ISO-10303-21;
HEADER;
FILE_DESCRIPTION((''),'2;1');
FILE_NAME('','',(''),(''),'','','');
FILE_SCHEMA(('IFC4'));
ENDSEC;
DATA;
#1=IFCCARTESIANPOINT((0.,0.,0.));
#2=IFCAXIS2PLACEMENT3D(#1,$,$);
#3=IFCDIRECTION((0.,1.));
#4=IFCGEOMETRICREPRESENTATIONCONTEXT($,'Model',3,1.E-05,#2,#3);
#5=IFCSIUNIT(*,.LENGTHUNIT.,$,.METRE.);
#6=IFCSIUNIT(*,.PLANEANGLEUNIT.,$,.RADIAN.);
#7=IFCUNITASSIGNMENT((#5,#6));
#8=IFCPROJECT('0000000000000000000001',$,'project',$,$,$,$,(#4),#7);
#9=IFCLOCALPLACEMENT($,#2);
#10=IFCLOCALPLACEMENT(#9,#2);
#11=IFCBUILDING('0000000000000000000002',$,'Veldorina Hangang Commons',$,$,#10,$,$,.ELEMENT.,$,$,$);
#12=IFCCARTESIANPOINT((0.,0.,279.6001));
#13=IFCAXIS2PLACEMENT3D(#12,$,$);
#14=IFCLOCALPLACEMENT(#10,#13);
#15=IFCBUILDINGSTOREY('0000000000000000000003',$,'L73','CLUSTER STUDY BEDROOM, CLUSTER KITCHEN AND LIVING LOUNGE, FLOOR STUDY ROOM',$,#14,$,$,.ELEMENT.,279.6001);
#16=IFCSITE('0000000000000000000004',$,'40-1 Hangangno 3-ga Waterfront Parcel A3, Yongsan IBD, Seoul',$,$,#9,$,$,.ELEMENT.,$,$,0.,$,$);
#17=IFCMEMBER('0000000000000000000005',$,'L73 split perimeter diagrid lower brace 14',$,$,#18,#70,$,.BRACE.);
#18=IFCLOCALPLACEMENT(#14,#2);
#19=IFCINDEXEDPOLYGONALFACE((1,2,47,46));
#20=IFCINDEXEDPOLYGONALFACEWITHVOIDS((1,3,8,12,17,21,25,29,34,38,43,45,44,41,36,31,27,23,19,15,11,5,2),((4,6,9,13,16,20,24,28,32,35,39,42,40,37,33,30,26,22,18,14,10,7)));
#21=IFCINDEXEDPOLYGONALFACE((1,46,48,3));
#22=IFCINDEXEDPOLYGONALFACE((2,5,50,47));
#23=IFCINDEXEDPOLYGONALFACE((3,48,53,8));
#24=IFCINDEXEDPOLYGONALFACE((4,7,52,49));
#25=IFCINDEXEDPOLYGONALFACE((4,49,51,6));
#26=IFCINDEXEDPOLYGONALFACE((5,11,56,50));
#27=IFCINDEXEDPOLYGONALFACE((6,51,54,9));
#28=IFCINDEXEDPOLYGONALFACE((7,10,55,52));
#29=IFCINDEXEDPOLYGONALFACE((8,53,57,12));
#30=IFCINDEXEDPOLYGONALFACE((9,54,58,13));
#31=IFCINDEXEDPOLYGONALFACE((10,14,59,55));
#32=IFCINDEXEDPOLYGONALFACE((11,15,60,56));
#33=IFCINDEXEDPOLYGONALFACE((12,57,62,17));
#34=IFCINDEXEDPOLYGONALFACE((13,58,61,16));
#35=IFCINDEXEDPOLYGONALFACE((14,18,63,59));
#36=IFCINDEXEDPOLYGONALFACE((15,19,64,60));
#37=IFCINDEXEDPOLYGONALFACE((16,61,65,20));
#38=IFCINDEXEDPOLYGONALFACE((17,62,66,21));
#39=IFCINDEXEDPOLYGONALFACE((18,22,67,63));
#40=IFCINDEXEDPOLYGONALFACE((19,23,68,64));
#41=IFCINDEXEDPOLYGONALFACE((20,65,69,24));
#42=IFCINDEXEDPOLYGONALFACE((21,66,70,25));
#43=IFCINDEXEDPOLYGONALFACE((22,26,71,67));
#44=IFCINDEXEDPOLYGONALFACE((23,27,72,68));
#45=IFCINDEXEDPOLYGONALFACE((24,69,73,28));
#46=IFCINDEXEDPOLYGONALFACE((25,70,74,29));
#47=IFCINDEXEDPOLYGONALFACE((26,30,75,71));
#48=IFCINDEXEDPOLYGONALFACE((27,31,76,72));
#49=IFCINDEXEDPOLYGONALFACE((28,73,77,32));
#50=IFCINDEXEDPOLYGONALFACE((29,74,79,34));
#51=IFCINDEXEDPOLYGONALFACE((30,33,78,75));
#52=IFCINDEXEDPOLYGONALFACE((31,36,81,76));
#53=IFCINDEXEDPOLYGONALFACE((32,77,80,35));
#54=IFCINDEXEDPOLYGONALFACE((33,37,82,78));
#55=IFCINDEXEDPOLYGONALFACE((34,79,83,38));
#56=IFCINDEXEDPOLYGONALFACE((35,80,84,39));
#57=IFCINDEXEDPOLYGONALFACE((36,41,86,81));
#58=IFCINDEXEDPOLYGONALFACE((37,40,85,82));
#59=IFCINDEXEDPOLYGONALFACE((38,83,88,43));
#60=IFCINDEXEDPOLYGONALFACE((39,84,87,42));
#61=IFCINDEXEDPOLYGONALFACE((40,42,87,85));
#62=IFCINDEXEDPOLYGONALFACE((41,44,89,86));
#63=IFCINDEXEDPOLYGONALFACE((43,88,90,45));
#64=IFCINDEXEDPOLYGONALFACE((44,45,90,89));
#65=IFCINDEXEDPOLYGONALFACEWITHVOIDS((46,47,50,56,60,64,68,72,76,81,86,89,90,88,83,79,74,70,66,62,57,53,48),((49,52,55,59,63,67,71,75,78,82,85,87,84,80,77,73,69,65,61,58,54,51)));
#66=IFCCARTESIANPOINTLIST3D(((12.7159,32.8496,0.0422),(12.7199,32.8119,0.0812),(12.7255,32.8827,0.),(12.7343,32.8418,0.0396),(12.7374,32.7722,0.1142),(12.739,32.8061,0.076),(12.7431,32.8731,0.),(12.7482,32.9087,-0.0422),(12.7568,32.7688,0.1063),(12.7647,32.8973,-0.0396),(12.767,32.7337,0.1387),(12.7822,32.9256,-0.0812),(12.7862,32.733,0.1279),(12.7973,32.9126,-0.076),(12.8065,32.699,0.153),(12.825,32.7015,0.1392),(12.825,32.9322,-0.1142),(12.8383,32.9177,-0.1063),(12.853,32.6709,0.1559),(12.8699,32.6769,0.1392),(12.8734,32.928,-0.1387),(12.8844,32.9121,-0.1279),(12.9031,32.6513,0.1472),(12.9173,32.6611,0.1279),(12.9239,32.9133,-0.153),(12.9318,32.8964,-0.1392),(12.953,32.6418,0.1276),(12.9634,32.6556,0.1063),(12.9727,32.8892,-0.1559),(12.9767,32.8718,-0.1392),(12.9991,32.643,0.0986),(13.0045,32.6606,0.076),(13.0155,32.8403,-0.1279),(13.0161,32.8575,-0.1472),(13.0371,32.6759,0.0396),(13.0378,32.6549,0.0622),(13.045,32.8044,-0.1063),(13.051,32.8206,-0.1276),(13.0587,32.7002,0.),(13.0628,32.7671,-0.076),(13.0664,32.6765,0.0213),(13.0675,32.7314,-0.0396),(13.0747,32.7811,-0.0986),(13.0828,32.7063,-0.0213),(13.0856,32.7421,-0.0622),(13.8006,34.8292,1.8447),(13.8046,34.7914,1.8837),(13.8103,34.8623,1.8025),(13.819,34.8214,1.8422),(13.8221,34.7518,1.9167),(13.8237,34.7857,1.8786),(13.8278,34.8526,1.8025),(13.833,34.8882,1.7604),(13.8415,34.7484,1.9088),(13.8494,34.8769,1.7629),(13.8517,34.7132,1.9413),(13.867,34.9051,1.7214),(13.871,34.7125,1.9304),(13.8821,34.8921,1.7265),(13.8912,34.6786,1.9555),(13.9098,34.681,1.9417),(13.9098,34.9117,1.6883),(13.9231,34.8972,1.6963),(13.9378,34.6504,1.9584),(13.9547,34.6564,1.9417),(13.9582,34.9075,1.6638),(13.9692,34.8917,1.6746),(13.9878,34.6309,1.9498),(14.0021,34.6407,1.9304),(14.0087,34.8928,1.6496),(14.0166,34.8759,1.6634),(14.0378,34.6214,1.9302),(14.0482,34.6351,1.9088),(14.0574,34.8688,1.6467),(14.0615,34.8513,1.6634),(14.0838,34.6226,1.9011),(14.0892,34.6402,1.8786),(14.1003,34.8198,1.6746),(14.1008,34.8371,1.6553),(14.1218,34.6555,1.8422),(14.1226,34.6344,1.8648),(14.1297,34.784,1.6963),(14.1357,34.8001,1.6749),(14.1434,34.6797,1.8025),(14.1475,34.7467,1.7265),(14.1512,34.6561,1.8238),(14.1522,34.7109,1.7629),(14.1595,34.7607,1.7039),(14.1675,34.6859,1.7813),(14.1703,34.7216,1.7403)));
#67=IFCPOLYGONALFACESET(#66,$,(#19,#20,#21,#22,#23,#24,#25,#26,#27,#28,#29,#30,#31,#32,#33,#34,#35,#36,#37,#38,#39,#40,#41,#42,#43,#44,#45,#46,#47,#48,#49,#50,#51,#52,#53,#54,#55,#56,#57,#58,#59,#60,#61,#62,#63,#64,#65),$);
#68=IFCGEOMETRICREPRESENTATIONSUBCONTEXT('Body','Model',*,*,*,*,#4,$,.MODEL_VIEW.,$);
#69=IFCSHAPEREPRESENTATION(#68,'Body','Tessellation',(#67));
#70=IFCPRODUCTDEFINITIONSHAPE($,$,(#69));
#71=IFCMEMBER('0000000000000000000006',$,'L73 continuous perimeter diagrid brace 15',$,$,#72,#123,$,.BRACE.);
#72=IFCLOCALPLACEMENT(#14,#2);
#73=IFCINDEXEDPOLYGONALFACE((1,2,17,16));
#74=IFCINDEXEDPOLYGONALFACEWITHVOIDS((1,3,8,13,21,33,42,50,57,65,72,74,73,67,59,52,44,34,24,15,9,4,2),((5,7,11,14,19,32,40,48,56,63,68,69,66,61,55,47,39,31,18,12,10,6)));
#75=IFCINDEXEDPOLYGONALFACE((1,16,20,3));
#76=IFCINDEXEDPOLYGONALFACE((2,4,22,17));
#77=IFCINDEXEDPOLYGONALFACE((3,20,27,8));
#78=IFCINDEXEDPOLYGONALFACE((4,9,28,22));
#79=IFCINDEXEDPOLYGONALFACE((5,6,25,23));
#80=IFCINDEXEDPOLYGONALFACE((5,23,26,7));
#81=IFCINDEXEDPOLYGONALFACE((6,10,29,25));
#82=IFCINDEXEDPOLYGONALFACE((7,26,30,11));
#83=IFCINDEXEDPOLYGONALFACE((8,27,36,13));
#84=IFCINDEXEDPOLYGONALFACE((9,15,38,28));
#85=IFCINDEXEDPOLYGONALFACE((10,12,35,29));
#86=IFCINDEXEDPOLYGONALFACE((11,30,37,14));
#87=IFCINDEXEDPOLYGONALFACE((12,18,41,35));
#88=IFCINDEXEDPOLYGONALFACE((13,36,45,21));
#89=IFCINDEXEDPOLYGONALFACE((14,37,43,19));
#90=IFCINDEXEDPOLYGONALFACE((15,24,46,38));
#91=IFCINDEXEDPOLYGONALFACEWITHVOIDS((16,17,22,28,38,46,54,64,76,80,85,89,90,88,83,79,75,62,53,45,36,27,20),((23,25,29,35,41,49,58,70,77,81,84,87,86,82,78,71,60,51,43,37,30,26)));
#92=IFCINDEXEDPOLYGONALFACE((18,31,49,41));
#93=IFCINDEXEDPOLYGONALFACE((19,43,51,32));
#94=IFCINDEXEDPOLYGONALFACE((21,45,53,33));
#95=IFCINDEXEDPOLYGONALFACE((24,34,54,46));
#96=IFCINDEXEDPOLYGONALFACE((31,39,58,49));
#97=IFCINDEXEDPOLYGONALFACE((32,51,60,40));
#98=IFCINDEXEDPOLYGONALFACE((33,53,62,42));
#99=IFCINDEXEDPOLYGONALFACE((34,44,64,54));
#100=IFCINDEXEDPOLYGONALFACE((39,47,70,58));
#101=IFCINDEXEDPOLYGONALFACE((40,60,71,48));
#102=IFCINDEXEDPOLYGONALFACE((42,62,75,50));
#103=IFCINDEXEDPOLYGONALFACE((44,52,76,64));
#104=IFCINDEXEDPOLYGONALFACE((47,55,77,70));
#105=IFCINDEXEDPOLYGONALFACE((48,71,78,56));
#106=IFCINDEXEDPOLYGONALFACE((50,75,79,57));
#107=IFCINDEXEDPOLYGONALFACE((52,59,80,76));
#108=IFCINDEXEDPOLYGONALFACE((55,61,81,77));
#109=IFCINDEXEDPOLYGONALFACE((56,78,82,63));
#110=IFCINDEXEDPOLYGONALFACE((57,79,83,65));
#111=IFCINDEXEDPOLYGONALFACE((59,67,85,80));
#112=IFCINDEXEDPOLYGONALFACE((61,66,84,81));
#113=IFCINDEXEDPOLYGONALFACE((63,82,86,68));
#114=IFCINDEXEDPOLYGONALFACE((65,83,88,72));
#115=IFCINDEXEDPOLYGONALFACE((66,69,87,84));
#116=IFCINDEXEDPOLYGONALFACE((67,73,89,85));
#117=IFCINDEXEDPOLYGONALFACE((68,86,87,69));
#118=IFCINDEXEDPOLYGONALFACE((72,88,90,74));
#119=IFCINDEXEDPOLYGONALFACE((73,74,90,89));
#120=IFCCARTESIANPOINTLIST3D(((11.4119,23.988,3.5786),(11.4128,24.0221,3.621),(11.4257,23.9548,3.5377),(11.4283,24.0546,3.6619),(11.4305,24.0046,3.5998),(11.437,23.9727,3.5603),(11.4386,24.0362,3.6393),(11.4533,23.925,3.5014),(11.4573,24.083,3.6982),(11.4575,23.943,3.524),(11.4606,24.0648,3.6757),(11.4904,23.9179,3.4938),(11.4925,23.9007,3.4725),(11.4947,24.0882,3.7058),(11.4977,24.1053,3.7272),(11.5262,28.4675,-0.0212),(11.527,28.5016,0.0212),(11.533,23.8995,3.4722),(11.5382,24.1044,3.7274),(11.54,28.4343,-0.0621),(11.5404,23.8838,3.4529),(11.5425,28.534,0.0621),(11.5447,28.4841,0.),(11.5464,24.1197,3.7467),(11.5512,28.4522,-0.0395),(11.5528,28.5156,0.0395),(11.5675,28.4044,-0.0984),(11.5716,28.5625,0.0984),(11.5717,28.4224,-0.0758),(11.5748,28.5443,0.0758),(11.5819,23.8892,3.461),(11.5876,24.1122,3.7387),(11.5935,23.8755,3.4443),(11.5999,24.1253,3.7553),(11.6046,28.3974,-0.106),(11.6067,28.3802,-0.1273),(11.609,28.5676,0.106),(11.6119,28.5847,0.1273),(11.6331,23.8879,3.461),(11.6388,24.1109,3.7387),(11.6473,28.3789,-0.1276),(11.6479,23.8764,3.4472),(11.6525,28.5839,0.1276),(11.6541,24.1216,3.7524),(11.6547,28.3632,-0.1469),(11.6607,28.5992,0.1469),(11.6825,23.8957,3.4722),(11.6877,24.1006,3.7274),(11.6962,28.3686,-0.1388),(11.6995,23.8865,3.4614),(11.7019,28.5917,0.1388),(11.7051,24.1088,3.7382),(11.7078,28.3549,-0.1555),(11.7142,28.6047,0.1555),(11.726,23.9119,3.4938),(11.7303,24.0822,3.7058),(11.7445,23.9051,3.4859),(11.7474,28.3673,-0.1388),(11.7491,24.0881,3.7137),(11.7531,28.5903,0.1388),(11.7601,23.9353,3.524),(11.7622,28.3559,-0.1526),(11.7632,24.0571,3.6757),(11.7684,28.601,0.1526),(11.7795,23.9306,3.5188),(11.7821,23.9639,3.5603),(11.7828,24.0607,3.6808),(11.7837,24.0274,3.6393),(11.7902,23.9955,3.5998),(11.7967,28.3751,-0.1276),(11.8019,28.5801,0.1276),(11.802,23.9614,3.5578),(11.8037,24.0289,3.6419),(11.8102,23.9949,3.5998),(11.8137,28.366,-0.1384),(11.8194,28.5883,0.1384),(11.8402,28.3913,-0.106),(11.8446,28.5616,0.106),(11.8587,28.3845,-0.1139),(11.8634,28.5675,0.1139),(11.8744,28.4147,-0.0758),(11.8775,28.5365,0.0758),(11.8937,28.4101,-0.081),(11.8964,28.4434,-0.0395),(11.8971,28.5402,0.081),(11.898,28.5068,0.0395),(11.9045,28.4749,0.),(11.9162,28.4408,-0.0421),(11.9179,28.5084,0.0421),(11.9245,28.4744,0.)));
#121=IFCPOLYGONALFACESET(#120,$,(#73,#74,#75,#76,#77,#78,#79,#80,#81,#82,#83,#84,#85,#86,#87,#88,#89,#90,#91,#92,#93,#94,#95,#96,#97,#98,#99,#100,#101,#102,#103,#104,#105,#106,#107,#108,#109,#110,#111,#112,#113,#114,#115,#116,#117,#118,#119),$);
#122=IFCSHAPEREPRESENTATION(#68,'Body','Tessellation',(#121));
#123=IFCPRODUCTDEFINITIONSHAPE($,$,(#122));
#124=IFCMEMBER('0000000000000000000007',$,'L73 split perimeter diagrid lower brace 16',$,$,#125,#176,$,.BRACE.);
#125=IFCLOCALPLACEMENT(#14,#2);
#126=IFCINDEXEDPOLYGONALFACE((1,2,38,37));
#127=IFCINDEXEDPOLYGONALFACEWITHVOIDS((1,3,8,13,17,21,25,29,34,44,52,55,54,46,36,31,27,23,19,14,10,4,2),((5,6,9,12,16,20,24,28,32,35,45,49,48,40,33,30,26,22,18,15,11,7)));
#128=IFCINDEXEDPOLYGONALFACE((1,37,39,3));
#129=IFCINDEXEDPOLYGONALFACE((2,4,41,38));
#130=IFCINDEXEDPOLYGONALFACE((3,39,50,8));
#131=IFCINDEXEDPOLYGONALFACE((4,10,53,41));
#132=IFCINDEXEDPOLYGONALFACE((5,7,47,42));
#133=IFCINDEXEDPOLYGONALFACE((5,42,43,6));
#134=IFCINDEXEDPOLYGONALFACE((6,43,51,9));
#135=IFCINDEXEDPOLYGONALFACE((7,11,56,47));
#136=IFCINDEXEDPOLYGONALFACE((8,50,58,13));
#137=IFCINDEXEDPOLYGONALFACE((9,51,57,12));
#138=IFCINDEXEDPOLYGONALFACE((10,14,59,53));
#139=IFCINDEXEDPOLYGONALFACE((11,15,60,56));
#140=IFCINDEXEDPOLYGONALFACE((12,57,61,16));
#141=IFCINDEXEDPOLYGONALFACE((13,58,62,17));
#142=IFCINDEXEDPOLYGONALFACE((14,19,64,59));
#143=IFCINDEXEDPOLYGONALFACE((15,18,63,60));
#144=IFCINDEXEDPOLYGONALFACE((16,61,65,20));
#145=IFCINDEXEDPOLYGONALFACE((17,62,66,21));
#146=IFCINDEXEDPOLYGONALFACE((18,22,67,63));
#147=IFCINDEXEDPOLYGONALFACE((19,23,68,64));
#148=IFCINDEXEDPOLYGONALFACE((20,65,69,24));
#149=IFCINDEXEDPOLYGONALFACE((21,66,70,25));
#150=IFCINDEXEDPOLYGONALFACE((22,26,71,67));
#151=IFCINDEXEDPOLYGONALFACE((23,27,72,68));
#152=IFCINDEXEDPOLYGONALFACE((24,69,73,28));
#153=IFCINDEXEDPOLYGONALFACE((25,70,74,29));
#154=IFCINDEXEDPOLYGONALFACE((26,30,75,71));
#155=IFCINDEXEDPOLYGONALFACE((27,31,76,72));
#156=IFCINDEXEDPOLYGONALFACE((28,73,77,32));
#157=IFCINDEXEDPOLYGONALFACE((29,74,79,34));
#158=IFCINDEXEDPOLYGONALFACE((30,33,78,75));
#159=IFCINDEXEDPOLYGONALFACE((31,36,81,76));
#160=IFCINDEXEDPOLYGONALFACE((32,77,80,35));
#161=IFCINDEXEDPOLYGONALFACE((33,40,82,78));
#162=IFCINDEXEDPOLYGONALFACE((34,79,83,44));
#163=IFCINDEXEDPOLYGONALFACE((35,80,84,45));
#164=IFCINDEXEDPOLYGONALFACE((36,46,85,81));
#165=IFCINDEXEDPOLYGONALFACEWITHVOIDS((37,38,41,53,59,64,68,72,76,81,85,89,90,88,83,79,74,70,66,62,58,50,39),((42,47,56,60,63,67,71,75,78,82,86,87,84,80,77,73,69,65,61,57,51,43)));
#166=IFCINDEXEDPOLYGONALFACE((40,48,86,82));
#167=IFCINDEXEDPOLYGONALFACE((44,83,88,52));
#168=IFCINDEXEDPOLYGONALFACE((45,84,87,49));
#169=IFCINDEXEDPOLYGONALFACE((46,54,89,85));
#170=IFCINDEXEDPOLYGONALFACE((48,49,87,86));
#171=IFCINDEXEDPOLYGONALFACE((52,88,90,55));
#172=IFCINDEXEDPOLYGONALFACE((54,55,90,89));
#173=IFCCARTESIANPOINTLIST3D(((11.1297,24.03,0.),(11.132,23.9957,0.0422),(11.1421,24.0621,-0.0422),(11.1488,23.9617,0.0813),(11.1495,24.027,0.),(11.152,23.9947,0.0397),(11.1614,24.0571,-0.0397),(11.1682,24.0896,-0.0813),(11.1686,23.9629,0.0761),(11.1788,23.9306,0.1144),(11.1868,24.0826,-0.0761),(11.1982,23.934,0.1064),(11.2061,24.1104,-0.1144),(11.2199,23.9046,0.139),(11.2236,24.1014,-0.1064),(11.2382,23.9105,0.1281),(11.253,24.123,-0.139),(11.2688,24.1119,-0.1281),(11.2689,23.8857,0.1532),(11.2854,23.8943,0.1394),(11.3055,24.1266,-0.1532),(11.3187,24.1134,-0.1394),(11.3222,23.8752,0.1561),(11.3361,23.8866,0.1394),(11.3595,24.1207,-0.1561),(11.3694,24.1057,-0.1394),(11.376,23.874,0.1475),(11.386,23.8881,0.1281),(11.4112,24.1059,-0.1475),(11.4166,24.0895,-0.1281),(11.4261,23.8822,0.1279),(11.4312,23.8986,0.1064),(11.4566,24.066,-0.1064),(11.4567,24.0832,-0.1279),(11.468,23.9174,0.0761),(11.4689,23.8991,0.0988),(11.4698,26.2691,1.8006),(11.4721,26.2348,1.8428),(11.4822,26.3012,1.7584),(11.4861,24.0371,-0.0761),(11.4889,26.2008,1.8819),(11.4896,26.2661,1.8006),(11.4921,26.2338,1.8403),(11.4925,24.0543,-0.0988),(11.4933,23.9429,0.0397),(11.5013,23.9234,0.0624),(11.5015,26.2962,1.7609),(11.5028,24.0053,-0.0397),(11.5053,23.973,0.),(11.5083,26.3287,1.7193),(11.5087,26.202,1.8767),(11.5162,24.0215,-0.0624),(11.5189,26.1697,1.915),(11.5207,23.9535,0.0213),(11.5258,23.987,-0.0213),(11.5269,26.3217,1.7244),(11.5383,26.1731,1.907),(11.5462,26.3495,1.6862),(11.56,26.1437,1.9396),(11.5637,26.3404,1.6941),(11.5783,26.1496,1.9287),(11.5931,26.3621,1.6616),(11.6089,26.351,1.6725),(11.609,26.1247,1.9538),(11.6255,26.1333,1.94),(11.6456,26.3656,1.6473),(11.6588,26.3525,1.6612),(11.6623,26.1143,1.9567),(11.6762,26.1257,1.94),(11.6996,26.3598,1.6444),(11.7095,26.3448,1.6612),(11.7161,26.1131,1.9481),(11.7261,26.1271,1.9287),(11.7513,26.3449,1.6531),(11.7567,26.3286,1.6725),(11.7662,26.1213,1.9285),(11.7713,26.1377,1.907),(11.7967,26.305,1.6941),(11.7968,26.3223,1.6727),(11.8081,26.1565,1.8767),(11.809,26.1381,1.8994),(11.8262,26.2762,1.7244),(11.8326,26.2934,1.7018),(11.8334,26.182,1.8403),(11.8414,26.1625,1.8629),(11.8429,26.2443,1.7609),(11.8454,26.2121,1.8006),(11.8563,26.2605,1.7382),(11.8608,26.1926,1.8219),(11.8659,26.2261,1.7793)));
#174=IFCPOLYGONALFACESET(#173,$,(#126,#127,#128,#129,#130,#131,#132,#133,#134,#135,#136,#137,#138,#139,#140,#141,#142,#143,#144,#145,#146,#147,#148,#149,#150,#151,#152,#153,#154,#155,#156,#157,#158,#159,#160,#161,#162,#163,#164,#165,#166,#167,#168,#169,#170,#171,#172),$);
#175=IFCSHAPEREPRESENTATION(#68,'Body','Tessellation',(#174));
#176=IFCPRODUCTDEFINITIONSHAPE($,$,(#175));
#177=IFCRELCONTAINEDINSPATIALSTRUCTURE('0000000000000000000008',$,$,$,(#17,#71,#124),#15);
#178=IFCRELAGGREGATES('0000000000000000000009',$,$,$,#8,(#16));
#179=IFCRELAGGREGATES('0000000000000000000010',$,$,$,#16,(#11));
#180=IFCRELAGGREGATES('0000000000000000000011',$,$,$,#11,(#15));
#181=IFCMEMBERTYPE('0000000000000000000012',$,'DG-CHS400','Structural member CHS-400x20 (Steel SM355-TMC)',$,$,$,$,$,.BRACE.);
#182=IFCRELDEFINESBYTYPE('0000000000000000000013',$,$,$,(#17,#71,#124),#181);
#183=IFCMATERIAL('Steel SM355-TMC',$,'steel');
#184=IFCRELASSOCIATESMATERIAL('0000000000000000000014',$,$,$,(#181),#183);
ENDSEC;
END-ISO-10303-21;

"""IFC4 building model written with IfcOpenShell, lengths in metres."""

from ifc_helpers import new_model, si_unit, direction, frame, origin, origin_2d, place, context, subcontext, project, spatial, hollow_circle, extrude, material, material_profile, profile_set, type_object, element, save


model = new_model("IFC4")

# Units and contexts
model_context = context("Model", 3, precision=1e-05, world=origin(), true_north=direction((0.0, 1.0)))
body_context = subcontext(model_context, "Body", "Model", "MODEL_VIEW")
ifc_project = project(units=[si_unit("LENGTHUNIT", "METRE"), si_unit("PLANEANGLEUNIT", "RADIAN")], contexts=[model_context])

# Site, building, storey
site_placement = place(None, origin())
site = spatial("IfcSite", under=ifc_project, at=site_placement, Name="40-1 Hangangno 3-ga Waterfront Parcel A3, Yongsan IBD, Seoul", CompositionType="ELEMENT", RefElevation=0.0)
building_placement = place(site_placement, origin())
building = spatial("IfcBuilding", under=site, at=building_placement, Name="Veldorina Hangang Commons", CompositionType="ELEMENT")
storey_placement = place(building_placement, frame((0.0, 0.0, 279.6001)))
storey = spatial("IfcBuildingStorey", under=building, at=storey_placement, Name="L73", Description="CLUSTER STUDY BEDROOM, CLUSTER KITCHEN AND LIVING LOUNGE, FLOOR STUDY ROOM", CompositionType="ELEMENT", Elevation=279.6001)

# Shared definitions
ifc_material_1 = material(Name="Steel SM355-TMC", Category="steel")

# Members
ifc_material_profile_1 = material_profile(ifc_material_1, hollow_circle(Radius=0.2, WallThickness=0.02, at=origin_2d()), Name="CHS-400x20")
ifc_profile_set_1 = profile_set([ifc_material_profile_1], Name="Steel SM355-TMC")
member_type_1 = type_object("IfcMemberType", Name="DG-CHS400", Description="Structural member CHS-400x20 (Steel SM355-TMC)", PredefinedType="BRACE", material=ifc_profile_set_1)
member_1_placement = place(storey_placement, frame((12.9009, 32.7866, 0.0), z_axis=(0.375517, 0.685279, 0.624003), x_axis=(-0.876964, 0.480556, 0.0)))
element("IfcMember", 1, at=member_1_placement, inside=storey, type_object=member_type_1, Name="L73 split perimeter diagrid lower brace 14", PredefinedType="BRACE", context=body_context, shape_type="SweptSolid", body=[
    extrude(hollow_circle(Radius=0.2, WallThickness=0.02, at=origin_2d()), origin(), (0.0, 0.0, 1.0), 2.8887),
])
member_2_placement = place(storey_placement, frame((11.7246, 28.4795, 0.0), z_axis=(-0.019878, -0.779333, 0.626295), x_axis=(0.999675, -0.025499, 0.0)))
element("IfcMember", 2, at=member_2_placement, inside=storey, type_object=member_type_1, Name="L73 continuous perimeter diagrid brace 15", PredefinedType="BRACE", context=body_context, shape_type="SweptSolid", body=[
    extrude(hollow_circle(Radius=0.2, WallThickness=0.02, at=origin_2d()), origin(), (0.0, 0.0, 1.0), 5.7478),
])
member_3_placement = place(storey_placement, frame((11.3274, 24.0, 0.0), z_axis=(0.117546, 0.77388, 0.622328), x_axis=(-0.98866, 0.150169, 0.0)))
element("IfcMember", 3, at=member_3_placement, inside=storey, type_object=member_type_1, Name="L73 split perimeter diagrid lower brace 16", PredefinedType="BRACE", context=body_context, shape_type="SweptSolid", body=[
    extrude(hollow_circle(Radius=0.2, WallThickness=0.02, at=origin_2d()), origin(), (0.0, 0.0, 1.0), 2.8933),
])

save(model, "model.ifc")
